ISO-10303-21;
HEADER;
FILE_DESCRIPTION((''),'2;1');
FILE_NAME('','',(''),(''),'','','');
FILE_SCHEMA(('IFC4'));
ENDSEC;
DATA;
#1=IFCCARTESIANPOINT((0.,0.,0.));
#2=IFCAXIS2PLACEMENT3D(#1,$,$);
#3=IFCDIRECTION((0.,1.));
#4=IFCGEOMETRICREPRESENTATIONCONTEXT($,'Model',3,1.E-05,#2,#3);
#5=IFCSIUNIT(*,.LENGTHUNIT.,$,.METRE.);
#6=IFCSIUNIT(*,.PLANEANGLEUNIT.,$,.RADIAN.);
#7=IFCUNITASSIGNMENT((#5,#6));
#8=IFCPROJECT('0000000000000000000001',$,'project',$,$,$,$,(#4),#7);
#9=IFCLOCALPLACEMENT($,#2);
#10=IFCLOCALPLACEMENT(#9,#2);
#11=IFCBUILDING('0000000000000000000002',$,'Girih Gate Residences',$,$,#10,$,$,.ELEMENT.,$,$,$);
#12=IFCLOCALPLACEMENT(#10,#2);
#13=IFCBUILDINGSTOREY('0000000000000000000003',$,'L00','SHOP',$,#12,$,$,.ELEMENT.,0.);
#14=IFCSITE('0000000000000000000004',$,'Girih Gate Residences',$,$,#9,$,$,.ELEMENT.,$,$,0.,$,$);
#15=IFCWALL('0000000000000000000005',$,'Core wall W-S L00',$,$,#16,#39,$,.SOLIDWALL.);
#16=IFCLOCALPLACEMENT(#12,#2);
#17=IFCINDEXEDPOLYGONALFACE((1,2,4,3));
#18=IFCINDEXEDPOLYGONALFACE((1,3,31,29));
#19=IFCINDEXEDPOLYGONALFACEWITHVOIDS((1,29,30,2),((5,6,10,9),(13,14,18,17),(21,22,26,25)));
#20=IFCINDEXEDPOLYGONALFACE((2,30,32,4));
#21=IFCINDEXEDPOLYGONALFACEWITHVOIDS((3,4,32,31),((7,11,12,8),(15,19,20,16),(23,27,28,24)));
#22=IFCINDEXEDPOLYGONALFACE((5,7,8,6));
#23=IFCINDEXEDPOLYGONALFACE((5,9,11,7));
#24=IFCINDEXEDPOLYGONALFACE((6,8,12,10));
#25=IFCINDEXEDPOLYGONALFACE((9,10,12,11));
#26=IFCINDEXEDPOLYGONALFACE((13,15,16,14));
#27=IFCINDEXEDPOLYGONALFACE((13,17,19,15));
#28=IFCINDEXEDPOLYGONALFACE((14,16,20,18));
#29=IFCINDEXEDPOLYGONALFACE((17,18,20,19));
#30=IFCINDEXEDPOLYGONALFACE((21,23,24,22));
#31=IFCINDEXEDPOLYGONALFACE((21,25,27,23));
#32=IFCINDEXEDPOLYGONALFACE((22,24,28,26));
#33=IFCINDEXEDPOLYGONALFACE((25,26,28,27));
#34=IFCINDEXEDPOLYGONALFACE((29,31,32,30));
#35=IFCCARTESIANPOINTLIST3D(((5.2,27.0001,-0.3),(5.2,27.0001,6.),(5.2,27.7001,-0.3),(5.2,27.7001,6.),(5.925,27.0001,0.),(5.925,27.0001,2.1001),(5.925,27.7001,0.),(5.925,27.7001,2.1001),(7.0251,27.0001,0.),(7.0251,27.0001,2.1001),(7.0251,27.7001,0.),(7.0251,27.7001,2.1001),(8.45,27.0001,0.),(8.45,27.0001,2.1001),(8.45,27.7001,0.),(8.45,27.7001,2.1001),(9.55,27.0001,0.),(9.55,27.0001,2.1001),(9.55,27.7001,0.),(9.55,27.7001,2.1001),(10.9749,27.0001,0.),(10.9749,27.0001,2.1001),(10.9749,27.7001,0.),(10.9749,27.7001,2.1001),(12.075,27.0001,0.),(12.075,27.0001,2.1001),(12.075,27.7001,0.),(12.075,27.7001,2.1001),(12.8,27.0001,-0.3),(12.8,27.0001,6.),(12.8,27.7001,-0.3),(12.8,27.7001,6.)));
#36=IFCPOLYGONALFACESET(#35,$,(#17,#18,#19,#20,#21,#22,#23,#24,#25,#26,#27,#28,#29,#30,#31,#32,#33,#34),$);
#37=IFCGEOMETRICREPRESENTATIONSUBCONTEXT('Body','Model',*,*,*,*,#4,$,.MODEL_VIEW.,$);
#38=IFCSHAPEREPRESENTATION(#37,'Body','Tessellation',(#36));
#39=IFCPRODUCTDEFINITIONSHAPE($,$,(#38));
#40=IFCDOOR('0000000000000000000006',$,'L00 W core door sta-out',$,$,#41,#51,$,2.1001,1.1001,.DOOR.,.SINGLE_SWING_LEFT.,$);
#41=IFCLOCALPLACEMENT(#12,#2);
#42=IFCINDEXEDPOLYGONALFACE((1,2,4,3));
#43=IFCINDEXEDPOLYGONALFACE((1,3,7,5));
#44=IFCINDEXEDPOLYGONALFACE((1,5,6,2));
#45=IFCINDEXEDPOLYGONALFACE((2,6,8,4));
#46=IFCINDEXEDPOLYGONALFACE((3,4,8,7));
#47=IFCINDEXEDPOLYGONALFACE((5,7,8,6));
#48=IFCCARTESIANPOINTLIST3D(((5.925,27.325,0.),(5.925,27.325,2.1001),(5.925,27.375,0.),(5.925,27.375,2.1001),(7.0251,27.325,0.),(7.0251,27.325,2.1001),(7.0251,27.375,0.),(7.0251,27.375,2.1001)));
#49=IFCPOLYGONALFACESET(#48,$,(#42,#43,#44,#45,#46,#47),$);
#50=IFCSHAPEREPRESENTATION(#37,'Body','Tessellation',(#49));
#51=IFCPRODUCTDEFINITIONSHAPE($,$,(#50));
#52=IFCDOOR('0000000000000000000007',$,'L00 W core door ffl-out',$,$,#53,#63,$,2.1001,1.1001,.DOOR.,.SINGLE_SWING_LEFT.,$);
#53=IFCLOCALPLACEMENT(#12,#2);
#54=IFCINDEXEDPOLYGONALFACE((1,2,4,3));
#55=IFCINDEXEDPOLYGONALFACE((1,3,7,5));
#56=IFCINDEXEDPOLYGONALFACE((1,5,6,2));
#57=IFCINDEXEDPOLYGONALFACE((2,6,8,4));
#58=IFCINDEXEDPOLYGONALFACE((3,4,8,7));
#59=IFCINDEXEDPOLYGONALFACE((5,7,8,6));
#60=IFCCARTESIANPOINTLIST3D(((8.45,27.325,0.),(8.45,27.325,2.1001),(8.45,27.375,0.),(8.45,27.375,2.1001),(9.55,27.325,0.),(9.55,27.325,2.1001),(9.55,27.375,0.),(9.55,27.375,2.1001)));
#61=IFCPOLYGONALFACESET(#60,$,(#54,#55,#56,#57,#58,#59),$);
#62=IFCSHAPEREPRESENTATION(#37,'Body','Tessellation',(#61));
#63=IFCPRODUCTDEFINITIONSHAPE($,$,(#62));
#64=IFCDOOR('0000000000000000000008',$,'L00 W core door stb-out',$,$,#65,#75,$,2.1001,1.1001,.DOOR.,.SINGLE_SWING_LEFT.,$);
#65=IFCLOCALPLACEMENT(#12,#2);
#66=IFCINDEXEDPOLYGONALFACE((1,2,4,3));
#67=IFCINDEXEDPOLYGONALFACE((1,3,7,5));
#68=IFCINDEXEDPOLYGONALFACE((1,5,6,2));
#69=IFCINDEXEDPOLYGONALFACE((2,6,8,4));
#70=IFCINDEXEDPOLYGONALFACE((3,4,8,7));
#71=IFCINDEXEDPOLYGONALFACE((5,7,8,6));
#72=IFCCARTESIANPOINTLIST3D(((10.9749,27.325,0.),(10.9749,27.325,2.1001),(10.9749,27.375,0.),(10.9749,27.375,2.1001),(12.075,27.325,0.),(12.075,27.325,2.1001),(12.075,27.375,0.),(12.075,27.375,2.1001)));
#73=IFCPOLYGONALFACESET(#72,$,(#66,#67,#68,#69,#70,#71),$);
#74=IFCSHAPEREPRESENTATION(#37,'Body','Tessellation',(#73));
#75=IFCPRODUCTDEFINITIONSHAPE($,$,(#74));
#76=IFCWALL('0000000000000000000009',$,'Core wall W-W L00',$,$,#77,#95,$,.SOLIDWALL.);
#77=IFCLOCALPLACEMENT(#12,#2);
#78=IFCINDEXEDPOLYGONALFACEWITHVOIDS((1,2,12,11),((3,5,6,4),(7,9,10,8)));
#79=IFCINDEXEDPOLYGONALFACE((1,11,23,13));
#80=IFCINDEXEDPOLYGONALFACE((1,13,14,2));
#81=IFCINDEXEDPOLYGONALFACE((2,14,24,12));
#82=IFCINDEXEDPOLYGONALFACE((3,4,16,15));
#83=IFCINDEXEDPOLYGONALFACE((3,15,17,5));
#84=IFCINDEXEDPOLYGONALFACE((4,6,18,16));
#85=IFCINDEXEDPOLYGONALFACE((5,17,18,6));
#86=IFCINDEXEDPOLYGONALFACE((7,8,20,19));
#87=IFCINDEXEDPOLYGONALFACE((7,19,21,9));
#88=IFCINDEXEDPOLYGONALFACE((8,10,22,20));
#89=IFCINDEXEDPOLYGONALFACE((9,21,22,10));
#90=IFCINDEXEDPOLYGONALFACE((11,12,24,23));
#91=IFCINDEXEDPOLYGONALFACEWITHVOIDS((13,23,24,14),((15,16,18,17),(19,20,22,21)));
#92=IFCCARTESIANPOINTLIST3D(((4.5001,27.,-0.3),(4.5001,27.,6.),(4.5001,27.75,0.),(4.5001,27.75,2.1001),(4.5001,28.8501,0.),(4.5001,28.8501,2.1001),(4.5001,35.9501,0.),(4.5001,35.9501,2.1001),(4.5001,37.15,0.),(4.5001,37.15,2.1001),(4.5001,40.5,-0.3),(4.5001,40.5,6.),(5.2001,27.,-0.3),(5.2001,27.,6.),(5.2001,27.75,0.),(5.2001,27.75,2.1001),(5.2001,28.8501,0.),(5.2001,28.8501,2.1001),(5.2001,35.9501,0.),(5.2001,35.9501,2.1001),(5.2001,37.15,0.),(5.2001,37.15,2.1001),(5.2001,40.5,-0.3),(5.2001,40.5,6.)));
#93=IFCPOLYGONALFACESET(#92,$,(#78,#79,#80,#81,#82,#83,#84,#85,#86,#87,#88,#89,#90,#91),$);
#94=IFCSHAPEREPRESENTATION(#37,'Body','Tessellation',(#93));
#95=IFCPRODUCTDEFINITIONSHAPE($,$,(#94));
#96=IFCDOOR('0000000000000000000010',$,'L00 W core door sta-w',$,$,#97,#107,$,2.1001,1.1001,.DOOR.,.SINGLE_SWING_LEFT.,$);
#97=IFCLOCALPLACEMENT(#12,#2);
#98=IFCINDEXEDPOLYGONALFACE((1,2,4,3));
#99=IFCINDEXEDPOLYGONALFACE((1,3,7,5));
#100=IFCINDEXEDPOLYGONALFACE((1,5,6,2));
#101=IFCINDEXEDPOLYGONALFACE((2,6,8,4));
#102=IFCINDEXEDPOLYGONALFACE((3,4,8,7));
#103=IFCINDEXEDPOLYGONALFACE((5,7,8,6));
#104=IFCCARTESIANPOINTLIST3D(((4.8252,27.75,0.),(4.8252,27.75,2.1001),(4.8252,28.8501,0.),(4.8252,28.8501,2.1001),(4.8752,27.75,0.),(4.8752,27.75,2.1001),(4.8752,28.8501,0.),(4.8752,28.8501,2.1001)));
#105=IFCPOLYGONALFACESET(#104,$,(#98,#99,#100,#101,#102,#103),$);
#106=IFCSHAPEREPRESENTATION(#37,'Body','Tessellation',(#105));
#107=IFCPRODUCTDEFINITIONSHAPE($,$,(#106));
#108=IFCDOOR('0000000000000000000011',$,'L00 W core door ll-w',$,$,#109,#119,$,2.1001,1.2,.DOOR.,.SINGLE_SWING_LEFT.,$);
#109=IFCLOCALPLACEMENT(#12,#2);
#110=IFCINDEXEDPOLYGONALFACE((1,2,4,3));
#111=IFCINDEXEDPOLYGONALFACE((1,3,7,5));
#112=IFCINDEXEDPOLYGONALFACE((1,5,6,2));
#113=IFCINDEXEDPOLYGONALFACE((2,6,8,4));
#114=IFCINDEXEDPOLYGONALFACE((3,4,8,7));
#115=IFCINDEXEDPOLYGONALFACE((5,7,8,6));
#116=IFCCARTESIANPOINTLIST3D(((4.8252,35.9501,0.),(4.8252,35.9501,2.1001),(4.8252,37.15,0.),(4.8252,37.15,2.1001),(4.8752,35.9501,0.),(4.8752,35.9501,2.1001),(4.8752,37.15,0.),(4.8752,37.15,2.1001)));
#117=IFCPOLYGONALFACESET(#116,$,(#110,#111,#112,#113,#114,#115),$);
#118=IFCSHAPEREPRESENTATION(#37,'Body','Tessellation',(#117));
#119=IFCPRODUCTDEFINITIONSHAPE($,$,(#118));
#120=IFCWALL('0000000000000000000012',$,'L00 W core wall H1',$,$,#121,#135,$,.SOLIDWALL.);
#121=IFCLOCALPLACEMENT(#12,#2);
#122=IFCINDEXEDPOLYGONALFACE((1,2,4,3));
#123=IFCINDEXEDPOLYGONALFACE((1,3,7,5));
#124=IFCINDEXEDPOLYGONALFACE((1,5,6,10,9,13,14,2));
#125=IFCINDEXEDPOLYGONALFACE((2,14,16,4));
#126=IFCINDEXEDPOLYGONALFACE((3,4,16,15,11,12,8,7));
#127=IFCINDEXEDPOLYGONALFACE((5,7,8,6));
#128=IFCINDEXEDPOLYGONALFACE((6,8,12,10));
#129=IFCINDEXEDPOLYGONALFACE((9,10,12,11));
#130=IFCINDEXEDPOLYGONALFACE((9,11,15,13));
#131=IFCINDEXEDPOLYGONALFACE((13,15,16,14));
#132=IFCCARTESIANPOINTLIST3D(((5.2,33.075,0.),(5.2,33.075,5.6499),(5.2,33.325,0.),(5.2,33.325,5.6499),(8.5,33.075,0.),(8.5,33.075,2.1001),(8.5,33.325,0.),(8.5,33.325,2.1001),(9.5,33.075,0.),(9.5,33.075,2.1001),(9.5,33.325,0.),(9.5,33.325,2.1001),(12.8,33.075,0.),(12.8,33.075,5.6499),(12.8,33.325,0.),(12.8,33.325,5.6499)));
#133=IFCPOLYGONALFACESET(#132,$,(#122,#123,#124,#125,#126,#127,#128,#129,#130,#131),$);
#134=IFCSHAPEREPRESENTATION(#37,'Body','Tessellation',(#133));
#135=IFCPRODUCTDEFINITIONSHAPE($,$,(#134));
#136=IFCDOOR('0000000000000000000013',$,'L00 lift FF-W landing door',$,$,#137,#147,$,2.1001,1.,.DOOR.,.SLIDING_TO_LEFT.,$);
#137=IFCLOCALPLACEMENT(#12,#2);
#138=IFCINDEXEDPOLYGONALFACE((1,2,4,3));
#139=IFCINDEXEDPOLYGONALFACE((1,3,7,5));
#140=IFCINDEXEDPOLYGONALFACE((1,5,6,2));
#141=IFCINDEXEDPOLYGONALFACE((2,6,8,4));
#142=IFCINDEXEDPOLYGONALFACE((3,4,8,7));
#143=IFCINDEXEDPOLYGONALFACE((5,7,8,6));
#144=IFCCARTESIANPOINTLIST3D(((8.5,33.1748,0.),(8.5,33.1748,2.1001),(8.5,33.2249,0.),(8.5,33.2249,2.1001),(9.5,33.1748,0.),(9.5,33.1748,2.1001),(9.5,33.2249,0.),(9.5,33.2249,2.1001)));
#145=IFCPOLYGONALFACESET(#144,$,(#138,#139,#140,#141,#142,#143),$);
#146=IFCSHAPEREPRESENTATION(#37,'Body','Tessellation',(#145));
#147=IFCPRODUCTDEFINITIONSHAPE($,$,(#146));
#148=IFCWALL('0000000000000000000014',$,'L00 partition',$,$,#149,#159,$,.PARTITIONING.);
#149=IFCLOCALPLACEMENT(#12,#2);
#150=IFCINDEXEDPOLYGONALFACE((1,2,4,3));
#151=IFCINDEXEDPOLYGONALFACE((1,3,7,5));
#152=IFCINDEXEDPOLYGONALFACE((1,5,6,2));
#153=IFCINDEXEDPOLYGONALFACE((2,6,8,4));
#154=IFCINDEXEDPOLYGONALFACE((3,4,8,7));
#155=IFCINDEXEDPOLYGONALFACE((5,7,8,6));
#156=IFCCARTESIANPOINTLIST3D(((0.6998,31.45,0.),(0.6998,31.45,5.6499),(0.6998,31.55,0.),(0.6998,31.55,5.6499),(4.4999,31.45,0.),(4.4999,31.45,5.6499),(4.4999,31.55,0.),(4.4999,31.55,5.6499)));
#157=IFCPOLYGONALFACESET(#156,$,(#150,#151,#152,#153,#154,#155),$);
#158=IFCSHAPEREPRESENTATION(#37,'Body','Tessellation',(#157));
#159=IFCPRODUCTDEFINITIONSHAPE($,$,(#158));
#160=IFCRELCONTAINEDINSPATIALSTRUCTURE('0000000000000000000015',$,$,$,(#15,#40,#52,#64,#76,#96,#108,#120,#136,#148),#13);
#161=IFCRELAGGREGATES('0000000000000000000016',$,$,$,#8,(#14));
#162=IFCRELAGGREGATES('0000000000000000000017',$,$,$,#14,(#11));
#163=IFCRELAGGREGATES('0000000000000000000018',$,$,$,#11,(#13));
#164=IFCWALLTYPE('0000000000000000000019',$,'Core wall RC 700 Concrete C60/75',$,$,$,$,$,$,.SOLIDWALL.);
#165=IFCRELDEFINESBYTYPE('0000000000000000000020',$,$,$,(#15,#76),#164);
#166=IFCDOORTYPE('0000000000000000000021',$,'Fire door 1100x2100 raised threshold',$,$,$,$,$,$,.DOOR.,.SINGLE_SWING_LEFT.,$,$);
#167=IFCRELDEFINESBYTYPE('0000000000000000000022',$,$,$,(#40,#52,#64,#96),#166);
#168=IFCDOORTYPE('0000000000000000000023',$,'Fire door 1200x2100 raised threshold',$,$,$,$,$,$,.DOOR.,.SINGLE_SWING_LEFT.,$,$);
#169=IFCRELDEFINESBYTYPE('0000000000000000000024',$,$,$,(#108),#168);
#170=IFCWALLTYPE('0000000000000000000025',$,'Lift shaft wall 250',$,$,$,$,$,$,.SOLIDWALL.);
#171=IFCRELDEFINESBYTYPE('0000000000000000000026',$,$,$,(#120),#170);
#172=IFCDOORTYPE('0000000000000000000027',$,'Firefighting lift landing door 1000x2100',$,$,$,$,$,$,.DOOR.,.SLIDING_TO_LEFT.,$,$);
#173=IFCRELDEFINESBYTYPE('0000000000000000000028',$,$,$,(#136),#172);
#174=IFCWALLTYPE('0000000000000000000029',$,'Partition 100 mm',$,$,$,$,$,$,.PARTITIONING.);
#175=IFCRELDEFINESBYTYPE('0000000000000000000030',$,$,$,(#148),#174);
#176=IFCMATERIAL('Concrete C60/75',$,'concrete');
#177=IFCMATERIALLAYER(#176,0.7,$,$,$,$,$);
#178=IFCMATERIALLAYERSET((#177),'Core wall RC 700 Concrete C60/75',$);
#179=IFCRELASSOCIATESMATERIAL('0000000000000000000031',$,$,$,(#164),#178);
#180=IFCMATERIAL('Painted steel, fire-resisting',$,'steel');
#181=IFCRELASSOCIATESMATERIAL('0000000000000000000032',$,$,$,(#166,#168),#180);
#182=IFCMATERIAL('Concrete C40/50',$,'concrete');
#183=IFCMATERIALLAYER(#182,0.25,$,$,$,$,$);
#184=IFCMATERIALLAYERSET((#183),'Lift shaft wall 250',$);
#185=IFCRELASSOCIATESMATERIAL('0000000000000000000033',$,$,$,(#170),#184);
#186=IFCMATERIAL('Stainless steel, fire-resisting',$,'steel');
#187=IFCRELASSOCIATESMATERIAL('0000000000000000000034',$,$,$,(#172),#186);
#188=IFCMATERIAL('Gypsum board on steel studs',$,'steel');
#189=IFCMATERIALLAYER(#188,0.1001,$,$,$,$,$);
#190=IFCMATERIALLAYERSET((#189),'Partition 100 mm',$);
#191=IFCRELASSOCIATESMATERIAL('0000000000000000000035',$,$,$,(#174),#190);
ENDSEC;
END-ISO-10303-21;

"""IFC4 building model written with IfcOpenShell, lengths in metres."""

from ifc_helpers import new_model, si_unit, direction, frame, frame_2d, origin, place, context, subcontext, project, spatial, rectangle, extrude, material, layer, layer_set, type_object, element, fill, save


model = new_model("IFC4")

# Units and contexts
model_context = context("Model", 3, precision=1e-05, world=origin(), true_north=direction((0.0, 1.0)))
body_context = subcontext(model_context, "Body", "Model", "MODEL_VIEW")
ifc_project = project(units=[si_unit("LENGTHUNIT", "METRE"), si_unit("PLANEANGLEUNIT", "RADIAN")], contexts=[model_context])

# Site, building, storey
site_placement = place(None, origin())
site = spatial("IfcSite", under=ifc_project, at=site_placement, Name="Girih Gate Residences", CompositionType="ELEMENT", RefElevation=0.0)
building_placement = place(site_placement, origin())
building = spatial("IfcBuilding", under=site, at=building_placement, Name="Girih Gate Residences", CompositionType="ELEMENT")
storey_placement = place(building_placement, origin())
storey = spatial("IfcBuildingStorey", under=building, at=storey_placement, Name="L00", Description="SHOP", CompositionType="ELEMENT", Elevation=0.0)

# Shared definitions
ifc_material_1 = material(Name="Gypsum board on steel studs", Category="steel")

# Walls, openings, doors
ifc_material_2 = material(Name="Concrete C60/75", Category="concrete")
ifc_layer_1 = layer(ifc_material_2, 0.7)
ifc_layer_set_1 = layer_set([ifc_layer_1], Name="Core wall RC 700 Concrete C60/75")
wall_type_1 = type_object("IfcWallType", Name="Core wall RC 700 Concrete C60/75", PredefinedType="SOLIDWALL", material=ifc_layer_set_1)
wall_1_placement = place(storey_placement, frame((5.2, 27.3501, -0.3), z_axis=(0.0, 0.0, 1.0), x_axis=(1.0, 0.0, 0.0)))
wall_1 = element("IfcWall", 1, at=wall_1_placement, inside=storey, type_object=wall_type_1, Name="Core wall W-S L00", PredefinedType="SOLIDWALL", context=body_context, shape_type="SweptSolid", body=[
    extrude(rectangle(XDim=7.6001, YDim=0.7, at=frame_2d((3.8, 0.0))), origin(), (0.0, 0.0, 1.0), 6.3),
])
opening_1_placement = place(wall_1_placement, frame((0.7251, 0.0, 0.3)))
opening_1 = element("IfcOpeningElement", 2, at=opening_1_placement, cuts=wall_1, PredefinedType="OPENING", context=body_context, shape_type="SweptSolid", body=[
    extrude(rectangle(XDim=1.1001, YDim=2.1001, at=frame_2d((0.55, 1.05))), frame((0.0, 0.3599, 0.0), z_axis=(0.0, -1.0, 0.0), x_axis=(1.0, 0.0, 0.0)), (0.0, 0.0, 1.0), 0.72),
])
opening_2_placement = place(wall_1_placement, frame((3.25, 0.0, 0.3)))
opening_2 = element("IfcOpeningElement", 3, at=opening_2_placement, cuts=wall_1, PredefinedType="OPENING", context=body_context, shape_type="SweptSolid", body=[
    extrude(rectangle(XDim=1.1001, YDim=2.1001, at=frame_2d((0.55, 1.05))), frame((0.0, 0.3599, 0.0), z_axis=(0.0, -1.0, 0.0), x_axis=(1.0, 0.0, 0.0)), (0.0, 0.0, 1.0), 0.72),
])
opening_3_placement = place(wall_1_placement, frame((5.7749, 0.0, 0.3)))
opening_3 = element("IfcOpeningElement", 4, at=opening_3_placement, cuts=wall_1, PredefinedType="OPENING", context=body_context, shape_type="SweptSolid", body=[
    extrude(rectangle(XDim=1.1001, YDim=2.1001, at=frame_2d((0.55, 1.05))), frame((0.0, 0.3599, 0.0), z_axis=(0.0, -1.0, 0.0), x_axis=(1.0, 0.0, 0.0)), (0.0, 0.0, 1.0), 0.72),
])
ifc_material_3 = material(Name="Painted steel, fire-resisting", Category="steel")
door_type_1 = type_object("IfcDoorType", Name="Fire door 1100x2100 raised threshold", OperationType="SINGLE_SWING_LEFT", PredefinedType="DOOR", material=ifc_material_3)
door_1_placement = place(opening_1_placement, origin())
door_1 = element("IfcDoor", 5, at=door_1_placement, inside=storey, type_object=door_type_1, Name="L00 W core door sta-out", OperationType="SINGLE_SWING_LEFT", OverallHeight=2.1001, OverallWidth=1.1001, PredefinedType="DOOR", context=body_context, shape_type="SweptSolid", body=[
    extrude(rectangle(XDim=1.1001, YDim=2.1001, at=frame_2d((0.55, 1.05))), frame((0.0, 0.0249, 0.0), z_axis=(0.0, -1.0, 0.0), x_axis=(1.0, 0.0, 0.0)), (0.0, 0.0, 1.0), 0.05),
])
fill(opening_1, door_1)
door_2_placement = place(opening_2_placement, origin())
door_2 = element("IfcDoor", 6, at=door_2_placement, inside=storey, type_object=door_type_1, Name="L00 W core door ffl-out", OperationType="SINGLE_SWING_LEFT", OverallHeight=2.1001, OverallWidth=1.1001, PredefinedType="DOOR", context=body_context, shape_type="SweptSolid", body=[
    extrude(rectangle(XDim=1.1001, YDim=2.1001, at=frame_2d((0.55, 1.05))), frame((0.0, 0.0249, 0.0), z_axis=(0.0, -1.0, 0.0), x_axis=(1.0, 0.0, 0.0)), (0.0, 0.0, 1.0), 0.05),
])
fill(opening_2, door_2)
door_3_placement = place(opening_3_placement, origin())
door_3 = element("IfcDoor", 7, at=door_3_placement, inside=storey, type_object=door_type_1, Name="L00 W core door stb-out", OperationType="SINGLE_SWING_LEFT", OverallHeight=2.1001, OverallWidth=1.1001, PredefinedType="DOOR", context=body_context, shape_type="SweptSolid", body=[
    extrude(rectangle(XDim=1.1001, YDim=2.1001, at=frame_2d((0.55, 1.05))), frame((0.0, 0.0249, 0.0), z_axis=(0.0, -1.0, 0.0), x_axis=(1.0, 0.0, 0.0)), (0.0, 0.0, 1.0), 0.05),
])
fill(opening_3, door_3)
wall_2_placement = place(storey_placement, frame((4.8501, 27.0, -0.3), z_axis=(0.0, 0.0, 1.0), x_axis=(0.0, 1.0, 0.0)))
wall_2 = element("IfcWall", 8, at=wall_2_placement, inside=storey, type_object=wall_type_1, Name="Core wall W-W L00", PredefinedType="SOLIDWALL", context=body_context, shape_type="SweptSolid", body=[
    extrude(rectangle(XDim=13.5, YDim=0.7, at=frame_2d((6.75, 0.0))), origin(), (0.0, 0.0, 1.0), 6.3),
])
opening_4_placement = place(wall_2_placement, frame((0.75, 0.0, 0.3)))
opening_4 = element("IfcOpeningElement", 9, at=opening_4_placement, cuts=wall_2, PredefinedType="OPENING", context=body_context, shape_type="SweptSolid", body=[
    extrude(rectangle(XDim=1.1001, YDim=2.1001, at=frame_2d((0.55, 1.05))), frame((0.0, 0.3599, 0.0), z_axis=(0.0, -1.0, 0.0), x_axis=(1.0, 0.0, 0.0)), (0.0, 0.0, 1.0), 0.72),
])
opening_5_placement = place(wall_2_placement, frame((8.95, 0.0, 0.3)))
opening_5 = element("IfcOpeningElement", 10, at=opening_5_placement, cuts=wall_2, PredefinedType="OPENING", context=body_context, shape_type="SweptSolid", body=[
    extrude(rectangle(XDim=1.2, YDim=2.1001, at=frame_2d((0.6001, 1.05))), frame((0.0, 0.3599, 0.0), z_axis=(0.0, -1.0, 0.0), x_axis=(1.0, 0.0, 0.0)), (0.0, 0.0, 1.0), 0.72),
])
door_4_placement = place(opening_4_placement, origin())
door_4 = element("IfcDoor", 11, at=door_4_placement, inside=storey, type_object=door_type_1, Name="L00 W core door sta-w", OperationType="SINGLE_SWING_LEFT", OverallHeight=2.1001, OverallWidth=1.1001, PredefinedType="DOOR", context=body_context, shape_type="SweptSolid", body=[
    extrude(rectangle(XDim=1.1001, YDim=2.1001, at=frame_2d((0.55, 1.05))), frame((0.0, 0.0249, 0.0), z_axis=(0.0, -1.0, 0.0), x_axis=(1.0, 0.0, 0.0)), (0.0, 0.0, 1.0), 0.05),
])
fill(opening_4, door_4)
door_type_2 = type_object("IfcDoorType", Name="Fire door 1200x2100 raised threshold", OperationType="SINGLE_SWING_LEFT", PredefinedType="DOOR", material=ifc_material_3)
door_5_placement = place(opening_5_placement, origin())
door_5 = element("IfcDoor", 12, at=door_5_placement, inside=storey, type_object=door_type_2, Name="L00 W core door ll-w", OperationType="SINGLE_SWING_LEFT", OverallHeight=2.1001, OverallWidth=1.2, PredefinedType="DOOR", context=body_context, shape_type="SweptSolid", body=[
    extrude(rectangle(XDim=1.2, YDim=2.1001, at=frame_2d((0.6001, 1.05))), frame((0.0, 0.0249, 0.0), z_axis=(0.0, -1.0, 0.0), x_axis=(1.0, 0.0, 0.0)), (0.0, 0.0, 1.0), 0.05),
])
fill(opening_5, door_5)

# Wall, opening, door
ifc_material_4 = material(Name="Concrete C40/50", Category="concrete")
ifc_layer_2 = layer(ifc_material_4, 0.25)
ifc_layer_set_2 = layer_set([ifc_layer_2], Name="Lift shaft wall 250")
wall_type_2 = type_object("IfcWallType", Name="Lift shaft wall 250", PredefinedType="SOLIDWALL", material=ifc_layer_set_2)
wall_3_placement = place(storey_placement, frame((5.2, 33.2, 0.0), z_axis=(0.0, 0.0, 1.0), x_axis=(1.0, 0.0, 0.0)))
wall_3 = element("IfcWall", 13, at=wall_3_placement, inside=storey, type_object=wall_type_2, Name="L00 W core wall H1", PredefinedType="SOLIDWALL", context=body_context, shape_type="SweptSolid", body=[
    extrude(rectangle(XDim=7.6001, YDim=0.25, at=frame_2d((3.8, 0.0))), origin(), (0.0, 0.0, 1.0), 5.6499),
])
opening_6_placement = place(wall_3_placement, frame((3.3, 0.0, 0.0)))
opening_6 = element("IfcOpeningElement", 14, at=opening_6_placement, cuts=wall_3, PredefinedType="OPENING", context=body_context, shape_type="SweptSolid", body=[
    extrude(rectangle(XDim=1.0, YDim=2.1001, at=frame_2d((0.5, 1.05))), frame((0.0, 0.135, 0.0), z_axis=(0.0, -1.0, 0.0), x_axis=(1.0, 0.0, 0.0)), (0.0, 0.0, 1.0), 0.27),
])
ifc_material_5 = material(Name="Stainless steel, fire-resisting", Category="steel")
door_type_3 = type_object("IfcDoorType", Name="Firefighting lift landing door 1000x2100", OperationType="SLIDING_TO_LEFT", PredefinedType="DOOR", material=ifc_material_5)
door_6_placement = place(opening_6_placement, origin())
door_6 = element("IfcDoor", 15, at=door_6_placement, inside=storey, type_object=door_type_3, Name="L00 lift FF-W landing door", OperationType="SLIDING_TO_LEFT", OverallHeight=2.1001, OverallWidth=1.0, PredefinedType="DOOR", context=body_context, shape_type="SweptSolid", body=[
    extrude(rectangle(XDim=1.0, YDim=2.1001, at=frame_2d((0.5, 1.05))), frame((0.0, 0.0249, 0.0), z_axis=(0.0, -1.0, 0.0), x_axis=(1.0, 0.0, 0.0)), (0.0, 0.0, 1.0), 0.05),
])
fill(opening_6, door_6)

# Wall
ifc_layer_3 = layer(ifc_material_1, 0.1001)
ifc_layer_set_3 = layer_set([ifc_layer_3], Name="Partition 100 mm")
wall_type_3 = type_object("IfcWallType", Name="Partition 100 mm", PredefinedType="PARTITIONING", material=ifc_layer_set_3)
wall_4_placement = place(storey_placement, frame((0.7, 31.5, 0.0), z_axis=(0.0, 0.0, 1.0), x_axis=(1.0, 0.0, 0.0)))
element("IfcWall", 16, at=wall_4_placement, inside=storey, type_object=wall_type_3, Name="L00 partition", PredefinedType="PARTITIONING", context=body_context, shape_type="SweptSolid", body=[
    extrude(rectangle(XDim=3.8, YDim=0.1001, at=frame_2d((1.8999, 0.0))), origin(), (0.0, 0.0, 1.0), 5.6499),
])

save(model, "model.ifc")
